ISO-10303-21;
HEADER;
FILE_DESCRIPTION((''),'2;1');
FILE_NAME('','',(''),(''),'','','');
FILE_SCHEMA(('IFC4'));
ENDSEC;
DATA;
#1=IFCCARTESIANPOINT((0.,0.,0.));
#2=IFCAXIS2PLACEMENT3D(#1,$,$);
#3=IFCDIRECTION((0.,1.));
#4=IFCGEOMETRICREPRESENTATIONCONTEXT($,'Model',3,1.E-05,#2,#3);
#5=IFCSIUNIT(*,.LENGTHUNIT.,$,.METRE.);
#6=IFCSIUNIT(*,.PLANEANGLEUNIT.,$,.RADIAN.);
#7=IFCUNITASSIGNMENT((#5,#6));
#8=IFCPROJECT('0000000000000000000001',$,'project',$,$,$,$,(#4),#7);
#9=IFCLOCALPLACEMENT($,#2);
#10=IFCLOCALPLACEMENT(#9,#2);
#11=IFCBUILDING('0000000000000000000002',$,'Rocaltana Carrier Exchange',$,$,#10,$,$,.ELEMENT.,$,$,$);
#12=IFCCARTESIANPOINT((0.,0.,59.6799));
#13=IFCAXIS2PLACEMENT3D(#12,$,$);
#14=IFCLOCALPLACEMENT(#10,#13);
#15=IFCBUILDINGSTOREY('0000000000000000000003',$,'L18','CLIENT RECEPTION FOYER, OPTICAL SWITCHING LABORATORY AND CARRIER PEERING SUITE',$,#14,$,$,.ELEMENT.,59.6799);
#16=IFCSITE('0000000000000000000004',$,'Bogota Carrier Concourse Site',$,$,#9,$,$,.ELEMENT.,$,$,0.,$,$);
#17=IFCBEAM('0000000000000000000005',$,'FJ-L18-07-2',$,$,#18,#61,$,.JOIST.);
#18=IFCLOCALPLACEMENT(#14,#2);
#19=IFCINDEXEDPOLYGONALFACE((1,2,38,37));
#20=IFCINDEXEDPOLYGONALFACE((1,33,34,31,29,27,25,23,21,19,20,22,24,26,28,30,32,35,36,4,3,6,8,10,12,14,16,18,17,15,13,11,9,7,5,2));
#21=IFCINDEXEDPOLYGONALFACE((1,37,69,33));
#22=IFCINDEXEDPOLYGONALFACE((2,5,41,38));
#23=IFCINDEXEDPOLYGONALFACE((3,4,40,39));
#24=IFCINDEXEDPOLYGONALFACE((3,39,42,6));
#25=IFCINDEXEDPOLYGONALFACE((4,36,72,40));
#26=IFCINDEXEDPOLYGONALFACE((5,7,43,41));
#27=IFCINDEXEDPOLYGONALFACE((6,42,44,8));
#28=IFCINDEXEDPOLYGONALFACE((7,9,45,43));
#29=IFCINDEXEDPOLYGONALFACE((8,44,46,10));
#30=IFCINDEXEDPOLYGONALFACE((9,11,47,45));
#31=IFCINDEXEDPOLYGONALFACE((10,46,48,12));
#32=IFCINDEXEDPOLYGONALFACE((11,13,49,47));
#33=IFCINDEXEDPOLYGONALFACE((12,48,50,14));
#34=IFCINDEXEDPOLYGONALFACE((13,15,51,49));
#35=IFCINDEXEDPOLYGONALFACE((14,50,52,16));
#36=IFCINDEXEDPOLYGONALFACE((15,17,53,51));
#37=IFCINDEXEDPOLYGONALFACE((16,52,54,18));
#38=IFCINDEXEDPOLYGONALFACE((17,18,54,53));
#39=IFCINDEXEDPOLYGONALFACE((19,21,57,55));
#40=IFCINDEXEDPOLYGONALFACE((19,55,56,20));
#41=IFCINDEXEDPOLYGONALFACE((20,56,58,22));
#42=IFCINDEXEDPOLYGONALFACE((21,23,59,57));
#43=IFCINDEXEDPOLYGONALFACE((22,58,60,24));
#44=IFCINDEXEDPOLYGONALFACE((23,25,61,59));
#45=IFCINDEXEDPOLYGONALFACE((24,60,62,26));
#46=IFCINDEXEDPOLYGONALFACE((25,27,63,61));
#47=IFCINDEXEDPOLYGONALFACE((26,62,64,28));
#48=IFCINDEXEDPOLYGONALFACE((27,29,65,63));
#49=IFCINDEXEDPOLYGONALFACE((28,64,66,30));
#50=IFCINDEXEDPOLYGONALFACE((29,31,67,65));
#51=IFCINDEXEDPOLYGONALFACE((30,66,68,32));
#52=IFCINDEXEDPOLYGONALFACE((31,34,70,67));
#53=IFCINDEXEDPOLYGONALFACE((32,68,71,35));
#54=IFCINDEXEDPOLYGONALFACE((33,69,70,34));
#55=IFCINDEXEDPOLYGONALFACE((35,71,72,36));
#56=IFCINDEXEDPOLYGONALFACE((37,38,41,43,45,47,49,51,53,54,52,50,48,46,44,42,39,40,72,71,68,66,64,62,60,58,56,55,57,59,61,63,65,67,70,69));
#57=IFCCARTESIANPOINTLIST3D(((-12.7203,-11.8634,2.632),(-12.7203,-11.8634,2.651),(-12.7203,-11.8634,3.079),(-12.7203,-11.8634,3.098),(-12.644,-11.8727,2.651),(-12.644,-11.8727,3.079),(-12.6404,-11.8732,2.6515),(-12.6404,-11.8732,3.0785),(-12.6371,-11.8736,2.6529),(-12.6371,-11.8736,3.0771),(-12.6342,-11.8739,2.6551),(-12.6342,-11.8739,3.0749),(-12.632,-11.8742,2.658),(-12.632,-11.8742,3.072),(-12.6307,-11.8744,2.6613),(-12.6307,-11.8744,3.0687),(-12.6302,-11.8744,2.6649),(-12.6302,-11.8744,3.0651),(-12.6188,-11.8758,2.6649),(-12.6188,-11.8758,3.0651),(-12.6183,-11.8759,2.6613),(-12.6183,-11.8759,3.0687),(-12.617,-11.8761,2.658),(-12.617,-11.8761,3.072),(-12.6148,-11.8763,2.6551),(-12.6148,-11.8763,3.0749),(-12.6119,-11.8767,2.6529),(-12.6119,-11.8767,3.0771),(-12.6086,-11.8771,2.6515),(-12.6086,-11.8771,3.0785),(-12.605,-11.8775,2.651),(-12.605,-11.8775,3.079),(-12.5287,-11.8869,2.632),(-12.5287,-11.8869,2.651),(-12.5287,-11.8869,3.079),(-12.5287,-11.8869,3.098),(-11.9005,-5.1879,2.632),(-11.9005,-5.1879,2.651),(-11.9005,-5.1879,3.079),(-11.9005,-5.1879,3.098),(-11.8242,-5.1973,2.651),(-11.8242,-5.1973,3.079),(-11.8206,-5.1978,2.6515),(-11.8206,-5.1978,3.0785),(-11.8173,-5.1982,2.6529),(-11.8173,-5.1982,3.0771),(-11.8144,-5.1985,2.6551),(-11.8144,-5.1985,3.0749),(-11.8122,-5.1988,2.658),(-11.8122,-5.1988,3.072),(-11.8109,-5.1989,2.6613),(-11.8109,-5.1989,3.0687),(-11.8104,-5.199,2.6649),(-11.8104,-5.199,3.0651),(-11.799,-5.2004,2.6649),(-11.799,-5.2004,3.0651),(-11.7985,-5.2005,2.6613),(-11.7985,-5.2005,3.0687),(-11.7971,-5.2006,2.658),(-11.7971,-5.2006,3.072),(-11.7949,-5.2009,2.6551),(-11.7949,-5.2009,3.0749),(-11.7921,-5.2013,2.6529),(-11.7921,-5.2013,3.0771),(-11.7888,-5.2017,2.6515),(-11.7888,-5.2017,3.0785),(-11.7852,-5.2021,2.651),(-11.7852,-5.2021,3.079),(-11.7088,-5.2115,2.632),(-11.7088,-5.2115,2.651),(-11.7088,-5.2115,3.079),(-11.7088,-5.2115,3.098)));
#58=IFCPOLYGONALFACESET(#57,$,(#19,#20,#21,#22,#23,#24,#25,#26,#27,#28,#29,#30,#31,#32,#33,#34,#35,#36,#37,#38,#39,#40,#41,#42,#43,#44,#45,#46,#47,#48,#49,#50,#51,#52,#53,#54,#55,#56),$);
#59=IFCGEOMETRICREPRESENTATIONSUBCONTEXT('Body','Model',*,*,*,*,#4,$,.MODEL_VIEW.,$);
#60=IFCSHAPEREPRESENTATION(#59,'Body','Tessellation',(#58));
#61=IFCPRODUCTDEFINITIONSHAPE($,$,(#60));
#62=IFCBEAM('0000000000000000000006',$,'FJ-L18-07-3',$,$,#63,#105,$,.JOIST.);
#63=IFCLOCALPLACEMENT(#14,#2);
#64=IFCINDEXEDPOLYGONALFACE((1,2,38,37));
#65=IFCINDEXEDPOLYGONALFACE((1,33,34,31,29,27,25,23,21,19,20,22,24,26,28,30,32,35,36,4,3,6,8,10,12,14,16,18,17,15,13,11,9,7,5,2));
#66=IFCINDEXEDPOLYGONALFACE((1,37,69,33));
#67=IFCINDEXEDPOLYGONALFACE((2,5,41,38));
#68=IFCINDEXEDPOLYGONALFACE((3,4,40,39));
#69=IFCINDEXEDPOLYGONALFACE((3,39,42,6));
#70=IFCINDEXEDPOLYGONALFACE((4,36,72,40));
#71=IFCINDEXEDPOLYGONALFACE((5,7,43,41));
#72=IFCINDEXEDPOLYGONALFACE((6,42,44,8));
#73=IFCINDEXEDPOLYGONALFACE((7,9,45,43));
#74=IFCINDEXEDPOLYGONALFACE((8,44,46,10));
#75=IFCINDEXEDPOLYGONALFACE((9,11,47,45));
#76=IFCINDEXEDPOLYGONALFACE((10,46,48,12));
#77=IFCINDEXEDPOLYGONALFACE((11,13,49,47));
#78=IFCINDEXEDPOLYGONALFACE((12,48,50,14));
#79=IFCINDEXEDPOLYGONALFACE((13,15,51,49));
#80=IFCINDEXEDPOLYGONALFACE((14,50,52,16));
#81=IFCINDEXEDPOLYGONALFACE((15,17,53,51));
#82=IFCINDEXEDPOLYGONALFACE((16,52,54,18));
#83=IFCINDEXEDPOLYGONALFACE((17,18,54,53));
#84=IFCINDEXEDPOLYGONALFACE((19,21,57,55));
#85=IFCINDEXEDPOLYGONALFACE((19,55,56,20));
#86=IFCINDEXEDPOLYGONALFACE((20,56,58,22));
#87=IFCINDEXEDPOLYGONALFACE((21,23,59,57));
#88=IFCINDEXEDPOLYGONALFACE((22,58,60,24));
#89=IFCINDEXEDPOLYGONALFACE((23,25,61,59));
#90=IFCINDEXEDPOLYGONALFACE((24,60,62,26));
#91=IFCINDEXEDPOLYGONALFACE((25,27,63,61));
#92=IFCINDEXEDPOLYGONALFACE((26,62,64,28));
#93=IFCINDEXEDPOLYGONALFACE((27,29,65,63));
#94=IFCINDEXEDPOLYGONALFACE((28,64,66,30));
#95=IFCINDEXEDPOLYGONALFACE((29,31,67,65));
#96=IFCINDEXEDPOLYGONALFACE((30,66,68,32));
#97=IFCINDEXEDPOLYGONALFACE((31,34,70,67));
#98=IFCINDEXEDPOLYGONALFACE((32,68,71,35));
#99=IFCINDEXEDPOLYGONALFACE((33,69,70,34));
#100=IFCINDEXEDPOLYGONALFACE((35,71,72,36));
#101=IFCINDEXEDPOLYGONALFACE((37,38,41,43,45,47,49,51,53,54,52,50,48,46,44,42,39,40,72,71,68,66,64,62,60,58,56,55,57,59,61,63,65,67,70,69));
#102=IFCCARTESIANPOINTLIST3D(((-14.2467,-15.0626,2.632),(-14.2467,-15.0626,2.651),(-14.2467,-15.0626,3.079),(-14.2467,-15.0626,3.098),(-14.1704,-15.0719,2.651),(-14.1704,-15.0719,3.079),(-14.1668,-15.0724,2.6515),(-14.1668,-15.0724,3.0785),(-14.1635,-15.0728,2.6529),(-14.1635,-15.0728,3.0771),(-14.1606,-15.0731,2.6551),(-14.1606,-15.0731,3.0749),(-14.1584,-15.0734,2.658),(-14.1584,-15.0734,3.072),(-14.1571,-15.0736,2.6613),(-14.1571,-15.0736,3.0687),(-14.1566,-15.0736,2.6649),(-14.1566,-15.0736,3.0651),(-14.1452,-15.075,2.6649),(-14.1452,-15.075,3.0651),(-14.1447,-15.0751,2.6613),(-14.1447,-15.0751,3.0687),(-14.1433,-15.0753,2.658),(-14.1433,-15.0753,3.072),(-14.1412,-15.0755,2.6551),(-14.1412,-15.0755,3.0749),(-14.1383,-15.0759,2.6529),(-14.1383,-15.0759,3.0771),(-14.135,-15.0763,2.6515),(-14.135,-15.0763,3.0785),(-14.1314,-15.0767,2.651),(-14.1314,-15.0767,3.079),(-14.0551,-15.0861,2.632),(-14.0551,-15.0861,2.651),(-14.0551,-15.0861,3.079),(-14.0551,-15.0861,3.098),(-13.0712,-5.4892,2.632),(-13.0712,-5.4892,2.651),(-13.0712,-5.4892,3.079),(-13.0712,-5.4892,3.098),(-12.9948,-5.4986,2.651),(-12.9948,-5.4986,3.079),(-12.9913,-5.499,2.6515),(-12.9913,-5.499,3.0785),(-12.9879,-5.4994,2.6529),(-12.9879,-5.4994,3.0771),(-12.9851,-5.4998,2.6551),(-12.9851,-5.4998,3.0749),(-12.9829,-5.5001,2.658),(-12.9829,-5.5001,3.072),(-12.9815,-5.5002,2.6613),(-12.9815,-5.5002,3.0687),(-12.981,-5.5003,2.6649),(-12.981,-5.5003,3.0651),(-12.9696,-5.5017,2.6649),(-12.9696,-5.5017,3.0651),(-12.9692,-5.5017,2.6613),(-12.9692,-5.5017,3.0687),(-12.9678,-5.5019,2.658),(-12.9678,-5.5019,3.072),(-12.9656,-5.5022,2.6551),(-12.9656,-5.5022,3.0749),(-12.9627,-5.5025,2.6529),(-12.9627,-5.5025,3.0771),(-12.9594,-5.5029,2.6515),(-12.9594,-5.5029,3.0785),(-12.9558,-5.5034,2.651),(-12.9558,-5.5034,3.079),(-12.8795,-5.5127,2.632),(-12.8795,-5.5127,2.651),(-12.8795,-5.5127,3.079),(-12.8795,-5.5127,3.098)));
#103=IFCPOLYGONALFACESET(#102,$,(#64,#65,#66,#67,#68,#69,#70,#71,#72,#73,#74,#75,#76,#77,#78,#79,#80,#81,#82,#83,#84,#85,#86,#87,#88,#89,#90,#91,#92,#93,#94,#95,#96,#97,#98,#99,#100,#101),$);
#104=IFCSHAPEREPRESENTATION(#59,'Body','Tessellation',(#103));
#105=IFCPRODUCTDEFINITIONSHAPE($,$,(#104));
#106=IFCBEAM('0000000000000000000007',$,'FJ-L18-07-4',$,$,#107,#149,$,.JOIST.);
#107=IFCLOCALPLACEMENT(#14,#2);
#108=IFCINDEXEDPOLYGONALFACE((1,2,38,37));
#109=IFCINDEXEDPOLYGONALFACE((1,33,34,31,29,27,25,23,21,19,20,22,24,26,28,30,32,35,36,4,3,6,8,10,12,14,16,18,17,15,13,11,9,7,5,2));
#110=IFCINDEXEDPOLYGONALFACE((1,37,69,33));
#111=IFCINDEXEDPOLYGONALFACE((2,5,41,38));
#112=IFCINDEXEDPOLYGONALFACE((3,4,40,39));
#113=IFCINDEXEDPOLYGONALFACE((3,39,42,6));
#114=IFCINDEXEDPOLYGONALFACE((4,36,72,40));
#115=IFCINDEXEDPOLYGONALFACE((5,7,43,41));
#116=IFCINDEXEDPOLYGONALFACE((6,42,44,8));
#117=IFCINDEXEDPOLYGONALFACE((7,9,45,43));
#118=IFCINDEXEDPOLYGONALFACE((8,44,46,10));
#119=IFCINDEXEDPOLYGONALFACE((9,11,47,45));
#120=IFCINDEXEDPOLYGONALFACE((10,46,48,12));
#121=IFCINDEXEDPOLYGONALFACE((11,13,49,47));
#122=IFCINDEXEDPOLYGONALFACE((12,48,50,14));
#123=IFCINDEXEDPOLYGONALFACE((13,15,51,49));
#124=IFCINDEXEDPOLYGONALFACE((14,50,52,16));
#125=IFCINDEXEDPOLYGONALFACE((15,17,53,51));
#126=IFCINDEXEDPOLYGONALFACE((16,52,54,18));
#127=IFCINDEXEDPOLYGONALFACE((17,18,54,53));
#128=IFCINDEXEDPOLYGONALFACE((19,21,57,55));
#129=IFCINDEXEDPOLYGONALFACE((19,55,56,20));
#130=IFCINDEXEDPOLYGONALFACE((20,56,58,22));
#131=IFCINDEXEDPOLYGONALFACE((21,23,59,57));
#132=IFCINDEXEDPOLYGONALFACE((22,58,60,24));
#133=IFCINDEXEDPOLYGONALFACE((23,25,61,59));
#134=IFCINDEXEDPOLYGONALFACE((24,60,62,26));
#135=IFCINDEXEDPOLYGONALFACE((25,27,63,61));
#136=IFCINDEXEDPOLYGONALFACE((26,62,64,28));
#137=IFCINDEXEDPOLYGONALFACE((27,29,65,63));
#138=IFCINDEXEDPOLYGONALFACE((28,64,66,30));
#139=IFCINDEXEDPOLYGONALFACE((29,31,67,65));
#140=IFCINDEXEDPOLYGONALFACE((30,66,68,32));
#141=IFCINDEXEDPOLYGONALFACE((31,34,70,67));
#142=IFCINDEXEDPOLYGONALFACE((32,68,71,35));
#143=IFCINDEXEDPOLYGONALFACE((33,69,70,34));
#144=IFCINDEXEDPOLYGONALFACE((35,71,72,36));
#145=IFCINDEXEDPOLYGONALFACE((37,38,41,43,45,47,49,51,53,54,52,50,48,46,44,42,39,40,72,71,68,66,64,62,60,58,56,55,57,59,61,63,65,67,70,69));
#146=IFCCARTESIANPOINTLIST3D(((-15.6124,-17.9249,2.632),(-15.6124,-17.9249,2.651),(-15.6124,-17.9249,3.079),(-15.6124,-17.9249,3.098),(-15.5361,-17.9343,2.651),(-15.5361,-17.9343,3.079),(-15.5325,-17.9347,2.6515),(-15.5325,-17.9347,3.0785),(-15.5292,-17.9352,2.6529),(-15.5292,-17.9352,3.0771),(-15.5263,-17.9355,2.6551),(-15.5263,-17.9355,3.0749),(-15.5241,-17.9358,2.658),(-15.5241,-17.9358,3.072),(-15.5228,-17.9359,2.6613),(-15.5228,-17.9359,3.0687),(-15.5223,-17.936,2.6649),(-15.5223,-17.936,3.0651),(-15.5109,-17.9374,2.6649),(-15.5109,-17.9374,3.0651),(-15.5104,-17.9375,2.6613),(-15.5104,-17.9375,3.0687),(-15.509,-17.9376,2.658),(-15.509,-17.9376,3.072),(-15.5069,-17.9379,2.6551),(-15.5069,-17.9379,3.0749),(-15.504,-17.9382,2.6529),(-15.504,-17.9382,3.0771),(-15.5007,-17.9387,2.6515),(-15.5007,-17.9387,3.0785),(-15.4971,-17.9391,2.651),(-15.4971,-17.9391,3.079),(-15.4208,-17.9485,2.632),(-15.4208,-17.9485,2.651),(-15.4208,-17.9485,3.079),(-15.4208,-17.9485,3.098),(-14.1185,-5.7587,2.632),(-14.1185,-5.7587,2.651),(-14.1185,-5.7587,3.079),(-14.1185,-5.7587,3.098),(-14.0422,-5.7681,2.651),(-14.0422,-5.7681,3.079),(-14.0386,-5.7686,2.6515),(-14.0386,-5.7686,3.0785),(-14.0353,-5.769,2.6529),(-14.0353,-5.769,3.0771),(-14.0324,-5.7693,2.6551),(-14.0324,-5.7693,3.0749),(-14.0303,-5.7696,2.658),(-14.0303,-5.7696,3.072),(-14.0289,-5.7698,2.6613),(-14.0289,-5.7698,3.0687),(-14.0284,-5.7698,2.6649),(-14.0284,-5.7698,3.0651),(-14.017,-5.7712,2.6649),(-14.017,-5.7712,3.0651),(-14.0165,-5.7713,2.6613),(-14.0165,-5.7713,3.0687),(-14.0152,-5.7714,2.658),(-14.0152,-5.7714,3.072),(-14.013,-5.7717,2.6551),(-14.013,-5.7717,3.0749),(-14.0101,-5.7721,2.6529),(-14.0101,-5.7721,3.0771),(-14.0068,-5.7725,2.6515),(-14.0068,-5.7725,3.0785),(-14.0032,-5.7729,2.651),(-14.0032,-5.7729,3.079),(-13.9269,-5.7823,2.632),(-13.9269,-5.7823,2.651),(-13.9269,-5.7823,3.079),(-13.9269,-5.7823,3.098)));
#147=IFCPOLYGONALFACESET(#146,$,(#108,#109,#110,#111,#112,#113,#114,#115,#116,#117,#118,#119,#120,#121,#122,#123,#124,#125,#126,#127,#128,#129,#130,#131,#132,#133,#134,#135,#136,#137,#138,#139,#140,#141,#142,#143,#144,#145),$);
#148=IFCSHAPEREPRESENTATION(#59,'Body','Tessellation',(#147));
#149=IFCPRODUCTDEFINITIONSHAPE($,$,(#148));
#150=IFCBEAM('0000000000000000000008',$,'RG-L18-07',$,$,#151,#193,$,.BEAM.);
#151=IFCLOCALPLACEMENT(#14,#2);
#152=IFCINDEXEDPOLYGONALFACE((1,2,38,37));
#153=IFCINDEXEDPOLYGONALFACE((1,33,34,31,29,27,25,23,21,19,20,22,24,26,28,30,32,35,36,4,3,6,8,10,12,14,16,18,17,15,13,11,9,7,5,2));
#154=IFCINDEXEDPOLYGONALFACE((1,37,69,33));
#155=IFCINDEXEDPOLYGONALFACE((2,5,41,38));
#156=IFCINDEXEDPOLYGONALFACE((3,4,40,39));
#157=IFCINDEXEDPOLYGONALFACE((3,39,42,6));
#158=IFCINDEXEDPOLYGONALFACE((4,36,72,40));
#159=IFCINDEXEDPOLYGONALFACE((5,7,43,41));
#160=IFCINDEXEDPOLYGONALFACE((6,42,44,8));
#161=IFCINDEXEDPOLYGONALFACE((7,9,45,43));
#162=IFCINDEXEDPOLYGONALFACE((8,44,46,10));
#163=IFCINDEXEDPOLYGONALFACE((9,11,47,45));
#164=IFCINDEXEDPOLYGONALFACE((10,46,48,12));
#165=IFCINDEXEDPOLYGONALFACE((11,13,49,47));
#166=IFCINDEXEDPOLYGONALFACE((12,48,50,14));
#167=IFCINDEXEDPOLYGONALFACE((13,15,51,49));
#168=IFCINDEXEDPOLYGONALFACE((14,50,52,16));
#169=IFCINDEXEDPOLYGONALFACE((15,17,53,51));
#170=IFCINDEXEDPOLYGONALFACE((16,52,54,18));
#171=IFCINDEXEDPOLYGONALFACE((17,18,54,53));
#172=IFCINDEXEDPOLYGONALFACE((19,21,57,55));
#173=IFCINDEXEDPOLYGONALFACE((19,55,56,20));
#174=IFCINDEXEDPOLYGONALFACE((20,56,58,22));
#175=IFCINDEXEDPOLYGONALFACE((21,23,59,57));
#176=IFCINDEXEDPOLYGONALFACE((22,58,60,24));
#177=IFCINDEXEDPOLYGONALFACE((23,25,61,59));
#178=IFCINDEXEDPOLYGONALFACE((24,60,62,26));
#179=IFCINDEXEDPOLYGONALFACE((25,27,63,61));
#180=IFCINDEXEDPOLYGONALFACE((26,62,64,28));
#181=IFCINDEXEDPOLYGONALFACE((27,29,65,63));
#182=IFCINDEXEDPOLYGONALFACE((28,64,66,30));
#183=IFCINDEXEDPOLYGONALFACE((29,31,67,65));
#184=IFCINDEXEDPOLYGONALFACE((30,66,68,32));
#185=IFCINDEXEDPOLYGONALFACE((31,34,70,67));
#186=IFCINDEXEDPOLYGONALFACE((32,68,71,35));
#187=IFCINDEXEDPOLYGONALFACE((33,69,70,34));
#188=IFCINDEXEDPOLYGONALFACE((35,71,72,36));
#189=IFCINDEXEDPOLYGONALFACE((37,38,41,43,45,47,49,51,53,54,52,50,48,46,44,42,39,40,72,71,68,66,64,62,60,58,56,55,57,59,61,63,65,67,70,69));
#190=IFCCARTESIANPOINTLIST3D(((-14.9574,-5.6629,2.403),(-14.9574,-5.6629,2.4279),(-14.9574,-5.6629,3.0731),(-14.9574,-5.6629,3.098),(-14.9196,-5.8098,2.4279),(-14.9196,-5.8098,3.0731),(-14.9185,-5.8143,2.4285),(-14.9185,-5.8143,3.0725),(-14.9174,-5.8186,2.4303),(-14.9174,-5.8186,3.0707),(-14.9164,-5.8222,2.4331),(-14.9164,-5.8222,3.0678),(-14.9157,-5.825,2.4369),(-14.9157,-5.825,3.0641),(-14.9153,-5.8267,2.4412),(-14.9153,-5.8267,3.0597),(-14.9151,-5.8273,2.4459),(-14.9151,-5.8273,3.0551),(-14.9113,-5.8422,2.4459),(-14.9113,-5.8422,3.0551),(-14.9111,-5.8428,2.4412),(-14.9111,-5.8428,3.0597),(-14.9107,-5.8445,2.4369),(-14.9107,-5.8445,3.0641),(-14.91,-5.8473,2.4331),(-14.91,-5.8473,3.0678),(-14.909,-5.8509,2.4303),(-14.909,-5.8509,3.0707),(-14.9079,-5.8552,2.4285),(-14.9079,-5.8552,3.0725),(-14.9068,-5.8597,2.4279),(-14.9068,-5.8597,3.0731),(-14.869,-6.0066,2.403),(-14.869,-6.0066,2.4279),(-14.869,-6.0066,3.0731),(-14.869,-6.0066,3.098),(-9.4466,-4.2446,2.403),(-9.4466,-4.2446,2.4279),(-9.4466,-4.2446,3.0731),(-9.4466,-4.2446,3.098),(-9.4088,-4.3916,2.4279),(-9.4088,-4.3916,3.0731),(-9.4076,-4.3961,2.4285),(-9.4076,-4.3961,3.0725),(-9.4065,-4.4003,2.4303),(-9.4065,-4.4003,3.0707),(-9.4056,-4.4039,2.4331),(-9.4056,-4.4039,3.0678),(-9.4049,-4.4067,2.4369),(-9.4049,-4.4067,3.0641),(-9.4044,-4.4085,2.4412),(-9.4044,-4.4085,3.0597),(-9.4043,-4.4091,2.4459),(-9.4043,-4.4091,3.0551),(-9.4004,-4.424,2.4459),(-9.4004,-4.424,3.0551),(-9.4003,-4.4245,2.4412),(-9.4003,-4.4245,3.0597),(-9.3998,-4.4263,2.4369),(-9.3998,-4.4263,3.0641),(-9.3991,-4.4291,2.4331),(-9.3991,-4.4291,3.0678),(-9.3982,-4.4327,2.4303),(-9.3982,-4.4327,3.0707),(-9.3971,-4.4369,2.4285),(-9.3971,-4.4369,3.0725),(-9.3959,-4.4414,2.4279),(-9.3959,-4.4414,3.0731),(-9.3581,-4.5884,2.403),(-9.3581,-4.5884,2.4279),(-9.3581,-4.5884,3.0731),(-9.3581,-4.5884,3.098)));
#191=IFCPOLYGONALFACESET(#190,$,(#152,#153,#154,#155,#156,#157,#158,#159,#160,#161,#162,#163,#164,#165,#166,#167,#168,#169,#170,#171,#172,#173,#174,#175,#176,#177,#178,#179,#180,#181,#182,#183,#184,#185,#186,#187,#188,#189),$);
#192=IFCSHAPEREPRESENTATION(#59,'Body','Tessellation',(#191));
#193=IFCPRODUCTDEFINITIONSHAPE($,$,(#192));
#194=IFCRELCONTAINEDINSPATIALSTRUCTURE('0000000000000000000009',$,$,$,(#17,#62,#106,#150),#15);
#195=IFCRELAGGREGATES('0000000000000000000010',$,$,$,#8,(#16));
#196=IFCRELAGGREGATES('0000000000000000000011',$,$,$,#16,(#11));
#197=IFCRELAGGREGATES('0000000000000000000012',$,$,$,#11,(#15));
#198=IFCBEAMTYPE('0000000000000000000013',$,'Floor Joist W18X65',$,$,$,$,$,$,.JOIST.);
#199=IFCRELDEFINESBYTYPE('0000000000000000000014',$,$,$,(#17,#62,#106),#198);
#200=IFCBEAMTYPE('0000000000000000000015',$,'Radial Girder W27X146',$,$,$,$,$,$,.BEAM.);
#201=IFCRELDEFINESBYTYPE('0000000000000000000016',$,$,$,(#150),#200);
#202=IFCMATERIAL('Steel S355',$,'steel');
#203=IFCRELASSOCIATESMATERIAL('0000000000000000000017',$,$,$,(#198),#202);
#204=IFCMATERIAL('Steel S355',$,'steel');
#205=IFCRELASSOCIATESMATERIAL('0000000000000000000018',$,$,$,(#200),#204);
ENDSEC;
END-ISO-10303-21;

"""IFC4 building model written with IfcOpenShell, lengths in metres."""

from ifc_helpers import new_model, si_unit, direction, frame, origin, origin_2d, place, context, subcontext, project, spatial, i_section, extrude, material, material_profile, profile_set, type_object, element, save


model = new_model("IFC4")

# Units and contexts
model_context = context("Model", 3, precision=1e-05, world=origin(), true_north=direction((0.0, 1.0)))
body_context = subcontext(model_context, "Body", "Model", "MODEL_VIEW")
ifc_project = project(units=[si_unit("LENGTHUNIT", "METRE"), si_unit("PLANEANGLEUNIT", "RADIAN")], contexts=[model_context])

# Site, building, storey
site_placement = place(None, origin())
site = spatial("IfcSite", under=ifc_project, at=site_placement, Name="Bogota Carrier Concourse Site", CompositionType="ELEMENT", RefElevation=0.0)
building_placement = place(site_placement, origin())
building = spatial("IfcBuilding", under=site, at=building_placement, Name="Rocaltana Carrier Exchange", CompositionType="ELEMENT")
storey_placement = place(building_placement, frame((0.0, 0.0, 59.6799)))
storey = spatial("IfcBuildingStorey", under=building, at=storey_placement, Name="L18", Description="CLIENT RECEPTION FOYER, OPTICAL SWITCHING LABORATORY AND CARRIER PEERING SUITE", CompositionType="ELEMENT", Elevation=59.6799)

# Beams
ifc_material_1 = material(Name="Steel S355", Category="steel")
ifc_material_profile_1 = material_profile(ifc_material_1, i_section(OverallWidth=0.1931, OverallDepth=0.4661, WebThickness=0.0115, FlangeThickness=0.019, FilletRadius=0.0139, at=origin_2d()), Name="W18X65")
ifc_profile_set_1 = profile_set([ifc_material_profile_1], Name="Steel S355")
beam_type_1 = type_object("IfcBeamType", Name="Floor Joist W18X65", PredefinedType="JOIST", material=ifc_profile_set_1)
beam_1_placement = place(storey_placement, frame((-11.8047, -5.1997, 2.865), z_axis=(-0.121894, -0.992543, 0.0), x_axis=(0.992543, -0.121894, 0.0)))
element("IfcBeam", 1, at=beam_1_placement, inside=storey, type_object=beam_type_1, Name="FJ-L18-07-2", PredefinedType="JOIST", context=body_context, shape_type="SweptSolid", body=[
    extrude(i_section(OverallWidth=0.1931, OverallDepth=0.4661, WebThickness=0.0115, FlangeThickness=0.019, FilletRadius=0.0139, at=origin_2d()), origin(), (0.0, 0.0, 1.0), 6.7256),
])
beam_2_placement = place(storey_placement, frame((-12.9753, -5.501, 2.865), z_axis=(-0.121879, -0.992545, 0.0), x_axis=(0.992545, -0.121879, 0.0)))
element("IfcBeam", 2, at=beam_2_placement, inside=storey, type_object=beam_type_1, Name="FJ-L18-07-3", PredefinedType="JOIST", context=body_context, shape_type="SweptSolid", body=[
    extrude(i_section(OverallWidth=0.1931, OverallDepth=0.4661, WebThickness=0.0115, FlangeThickness=0.019, FilletRadius=0.0139, at=origin_2d()), origin(), (0.0, 0.0, 1.0), 9.6453),
])
beam_3_placement = place(storey_placement, frame((-14.0227, -5.7705, 2.865), z_axis=(-0.121875, -0.992545, 0.0), x_axis=(0.992545, -0.121875, 0.0)))
element("IfcBeam", 3, at=beam_3_placement, inside=storey, type_object=beam_type_1, Name="FJ-L18-07-4", PredefinedType="JOIST", context=body_context, shape_type="SweptSolid", body=[
    extrude(i_section(OverallWidth=0.1931, OverallDepth=0.4661, WebThickness=0.0115, FlangeThickness=0.019, FilletRadius=0.0139, at=origin_2d()), origin(), (0.0, 0.0, 1.0), 12.2576),
])
ifc_material_2 = material(Name="Steel S355", Category="steel")
ifc_material_profile_2 = material_profile(ifc_material_2, i_section(OverallWidth=0.355, OverallDepth=0.6951, WebThickness=0.0154, FlangeThickness=0.0249, FilletRadius=0.0181, at=origin_2d()), Name="W27X146")
ifc_profile_set_2 = profile_set([ifc_material_profile_2], Name="Steel S355")
beam_type_2 = type_object("IfcBeamType", Name="Radial Girder W27X146", PredefinedType="BEAM", material=ifc_profile_set_2)
beam_4_placement = place(storey_placement, frame((-9.4023, -4.4165, 2.7505), z_axis=(-0.968444, -0.249233, 0.0), x_axis=(0.249233, -0.968444, 0.0)))
element("IfcBeam", 4, at=beam_4_placement, inside=storey, type_object=beam_type_2, Name="RG-L18-07", PredefinedType="BEAM", context=body_context, shape_type="SweptSolid", body=[
    extrude(i_section(OverallWidth=0.355, OverallDepth=0.6951, WebThickness=0.0154, FlangeThickness=0.0249, FilletRadius=0.0181, at=origin_2d()), origin(), (0.0, 0.0, 1.0), 5.6904),
])

save(model, "model.ifc")
